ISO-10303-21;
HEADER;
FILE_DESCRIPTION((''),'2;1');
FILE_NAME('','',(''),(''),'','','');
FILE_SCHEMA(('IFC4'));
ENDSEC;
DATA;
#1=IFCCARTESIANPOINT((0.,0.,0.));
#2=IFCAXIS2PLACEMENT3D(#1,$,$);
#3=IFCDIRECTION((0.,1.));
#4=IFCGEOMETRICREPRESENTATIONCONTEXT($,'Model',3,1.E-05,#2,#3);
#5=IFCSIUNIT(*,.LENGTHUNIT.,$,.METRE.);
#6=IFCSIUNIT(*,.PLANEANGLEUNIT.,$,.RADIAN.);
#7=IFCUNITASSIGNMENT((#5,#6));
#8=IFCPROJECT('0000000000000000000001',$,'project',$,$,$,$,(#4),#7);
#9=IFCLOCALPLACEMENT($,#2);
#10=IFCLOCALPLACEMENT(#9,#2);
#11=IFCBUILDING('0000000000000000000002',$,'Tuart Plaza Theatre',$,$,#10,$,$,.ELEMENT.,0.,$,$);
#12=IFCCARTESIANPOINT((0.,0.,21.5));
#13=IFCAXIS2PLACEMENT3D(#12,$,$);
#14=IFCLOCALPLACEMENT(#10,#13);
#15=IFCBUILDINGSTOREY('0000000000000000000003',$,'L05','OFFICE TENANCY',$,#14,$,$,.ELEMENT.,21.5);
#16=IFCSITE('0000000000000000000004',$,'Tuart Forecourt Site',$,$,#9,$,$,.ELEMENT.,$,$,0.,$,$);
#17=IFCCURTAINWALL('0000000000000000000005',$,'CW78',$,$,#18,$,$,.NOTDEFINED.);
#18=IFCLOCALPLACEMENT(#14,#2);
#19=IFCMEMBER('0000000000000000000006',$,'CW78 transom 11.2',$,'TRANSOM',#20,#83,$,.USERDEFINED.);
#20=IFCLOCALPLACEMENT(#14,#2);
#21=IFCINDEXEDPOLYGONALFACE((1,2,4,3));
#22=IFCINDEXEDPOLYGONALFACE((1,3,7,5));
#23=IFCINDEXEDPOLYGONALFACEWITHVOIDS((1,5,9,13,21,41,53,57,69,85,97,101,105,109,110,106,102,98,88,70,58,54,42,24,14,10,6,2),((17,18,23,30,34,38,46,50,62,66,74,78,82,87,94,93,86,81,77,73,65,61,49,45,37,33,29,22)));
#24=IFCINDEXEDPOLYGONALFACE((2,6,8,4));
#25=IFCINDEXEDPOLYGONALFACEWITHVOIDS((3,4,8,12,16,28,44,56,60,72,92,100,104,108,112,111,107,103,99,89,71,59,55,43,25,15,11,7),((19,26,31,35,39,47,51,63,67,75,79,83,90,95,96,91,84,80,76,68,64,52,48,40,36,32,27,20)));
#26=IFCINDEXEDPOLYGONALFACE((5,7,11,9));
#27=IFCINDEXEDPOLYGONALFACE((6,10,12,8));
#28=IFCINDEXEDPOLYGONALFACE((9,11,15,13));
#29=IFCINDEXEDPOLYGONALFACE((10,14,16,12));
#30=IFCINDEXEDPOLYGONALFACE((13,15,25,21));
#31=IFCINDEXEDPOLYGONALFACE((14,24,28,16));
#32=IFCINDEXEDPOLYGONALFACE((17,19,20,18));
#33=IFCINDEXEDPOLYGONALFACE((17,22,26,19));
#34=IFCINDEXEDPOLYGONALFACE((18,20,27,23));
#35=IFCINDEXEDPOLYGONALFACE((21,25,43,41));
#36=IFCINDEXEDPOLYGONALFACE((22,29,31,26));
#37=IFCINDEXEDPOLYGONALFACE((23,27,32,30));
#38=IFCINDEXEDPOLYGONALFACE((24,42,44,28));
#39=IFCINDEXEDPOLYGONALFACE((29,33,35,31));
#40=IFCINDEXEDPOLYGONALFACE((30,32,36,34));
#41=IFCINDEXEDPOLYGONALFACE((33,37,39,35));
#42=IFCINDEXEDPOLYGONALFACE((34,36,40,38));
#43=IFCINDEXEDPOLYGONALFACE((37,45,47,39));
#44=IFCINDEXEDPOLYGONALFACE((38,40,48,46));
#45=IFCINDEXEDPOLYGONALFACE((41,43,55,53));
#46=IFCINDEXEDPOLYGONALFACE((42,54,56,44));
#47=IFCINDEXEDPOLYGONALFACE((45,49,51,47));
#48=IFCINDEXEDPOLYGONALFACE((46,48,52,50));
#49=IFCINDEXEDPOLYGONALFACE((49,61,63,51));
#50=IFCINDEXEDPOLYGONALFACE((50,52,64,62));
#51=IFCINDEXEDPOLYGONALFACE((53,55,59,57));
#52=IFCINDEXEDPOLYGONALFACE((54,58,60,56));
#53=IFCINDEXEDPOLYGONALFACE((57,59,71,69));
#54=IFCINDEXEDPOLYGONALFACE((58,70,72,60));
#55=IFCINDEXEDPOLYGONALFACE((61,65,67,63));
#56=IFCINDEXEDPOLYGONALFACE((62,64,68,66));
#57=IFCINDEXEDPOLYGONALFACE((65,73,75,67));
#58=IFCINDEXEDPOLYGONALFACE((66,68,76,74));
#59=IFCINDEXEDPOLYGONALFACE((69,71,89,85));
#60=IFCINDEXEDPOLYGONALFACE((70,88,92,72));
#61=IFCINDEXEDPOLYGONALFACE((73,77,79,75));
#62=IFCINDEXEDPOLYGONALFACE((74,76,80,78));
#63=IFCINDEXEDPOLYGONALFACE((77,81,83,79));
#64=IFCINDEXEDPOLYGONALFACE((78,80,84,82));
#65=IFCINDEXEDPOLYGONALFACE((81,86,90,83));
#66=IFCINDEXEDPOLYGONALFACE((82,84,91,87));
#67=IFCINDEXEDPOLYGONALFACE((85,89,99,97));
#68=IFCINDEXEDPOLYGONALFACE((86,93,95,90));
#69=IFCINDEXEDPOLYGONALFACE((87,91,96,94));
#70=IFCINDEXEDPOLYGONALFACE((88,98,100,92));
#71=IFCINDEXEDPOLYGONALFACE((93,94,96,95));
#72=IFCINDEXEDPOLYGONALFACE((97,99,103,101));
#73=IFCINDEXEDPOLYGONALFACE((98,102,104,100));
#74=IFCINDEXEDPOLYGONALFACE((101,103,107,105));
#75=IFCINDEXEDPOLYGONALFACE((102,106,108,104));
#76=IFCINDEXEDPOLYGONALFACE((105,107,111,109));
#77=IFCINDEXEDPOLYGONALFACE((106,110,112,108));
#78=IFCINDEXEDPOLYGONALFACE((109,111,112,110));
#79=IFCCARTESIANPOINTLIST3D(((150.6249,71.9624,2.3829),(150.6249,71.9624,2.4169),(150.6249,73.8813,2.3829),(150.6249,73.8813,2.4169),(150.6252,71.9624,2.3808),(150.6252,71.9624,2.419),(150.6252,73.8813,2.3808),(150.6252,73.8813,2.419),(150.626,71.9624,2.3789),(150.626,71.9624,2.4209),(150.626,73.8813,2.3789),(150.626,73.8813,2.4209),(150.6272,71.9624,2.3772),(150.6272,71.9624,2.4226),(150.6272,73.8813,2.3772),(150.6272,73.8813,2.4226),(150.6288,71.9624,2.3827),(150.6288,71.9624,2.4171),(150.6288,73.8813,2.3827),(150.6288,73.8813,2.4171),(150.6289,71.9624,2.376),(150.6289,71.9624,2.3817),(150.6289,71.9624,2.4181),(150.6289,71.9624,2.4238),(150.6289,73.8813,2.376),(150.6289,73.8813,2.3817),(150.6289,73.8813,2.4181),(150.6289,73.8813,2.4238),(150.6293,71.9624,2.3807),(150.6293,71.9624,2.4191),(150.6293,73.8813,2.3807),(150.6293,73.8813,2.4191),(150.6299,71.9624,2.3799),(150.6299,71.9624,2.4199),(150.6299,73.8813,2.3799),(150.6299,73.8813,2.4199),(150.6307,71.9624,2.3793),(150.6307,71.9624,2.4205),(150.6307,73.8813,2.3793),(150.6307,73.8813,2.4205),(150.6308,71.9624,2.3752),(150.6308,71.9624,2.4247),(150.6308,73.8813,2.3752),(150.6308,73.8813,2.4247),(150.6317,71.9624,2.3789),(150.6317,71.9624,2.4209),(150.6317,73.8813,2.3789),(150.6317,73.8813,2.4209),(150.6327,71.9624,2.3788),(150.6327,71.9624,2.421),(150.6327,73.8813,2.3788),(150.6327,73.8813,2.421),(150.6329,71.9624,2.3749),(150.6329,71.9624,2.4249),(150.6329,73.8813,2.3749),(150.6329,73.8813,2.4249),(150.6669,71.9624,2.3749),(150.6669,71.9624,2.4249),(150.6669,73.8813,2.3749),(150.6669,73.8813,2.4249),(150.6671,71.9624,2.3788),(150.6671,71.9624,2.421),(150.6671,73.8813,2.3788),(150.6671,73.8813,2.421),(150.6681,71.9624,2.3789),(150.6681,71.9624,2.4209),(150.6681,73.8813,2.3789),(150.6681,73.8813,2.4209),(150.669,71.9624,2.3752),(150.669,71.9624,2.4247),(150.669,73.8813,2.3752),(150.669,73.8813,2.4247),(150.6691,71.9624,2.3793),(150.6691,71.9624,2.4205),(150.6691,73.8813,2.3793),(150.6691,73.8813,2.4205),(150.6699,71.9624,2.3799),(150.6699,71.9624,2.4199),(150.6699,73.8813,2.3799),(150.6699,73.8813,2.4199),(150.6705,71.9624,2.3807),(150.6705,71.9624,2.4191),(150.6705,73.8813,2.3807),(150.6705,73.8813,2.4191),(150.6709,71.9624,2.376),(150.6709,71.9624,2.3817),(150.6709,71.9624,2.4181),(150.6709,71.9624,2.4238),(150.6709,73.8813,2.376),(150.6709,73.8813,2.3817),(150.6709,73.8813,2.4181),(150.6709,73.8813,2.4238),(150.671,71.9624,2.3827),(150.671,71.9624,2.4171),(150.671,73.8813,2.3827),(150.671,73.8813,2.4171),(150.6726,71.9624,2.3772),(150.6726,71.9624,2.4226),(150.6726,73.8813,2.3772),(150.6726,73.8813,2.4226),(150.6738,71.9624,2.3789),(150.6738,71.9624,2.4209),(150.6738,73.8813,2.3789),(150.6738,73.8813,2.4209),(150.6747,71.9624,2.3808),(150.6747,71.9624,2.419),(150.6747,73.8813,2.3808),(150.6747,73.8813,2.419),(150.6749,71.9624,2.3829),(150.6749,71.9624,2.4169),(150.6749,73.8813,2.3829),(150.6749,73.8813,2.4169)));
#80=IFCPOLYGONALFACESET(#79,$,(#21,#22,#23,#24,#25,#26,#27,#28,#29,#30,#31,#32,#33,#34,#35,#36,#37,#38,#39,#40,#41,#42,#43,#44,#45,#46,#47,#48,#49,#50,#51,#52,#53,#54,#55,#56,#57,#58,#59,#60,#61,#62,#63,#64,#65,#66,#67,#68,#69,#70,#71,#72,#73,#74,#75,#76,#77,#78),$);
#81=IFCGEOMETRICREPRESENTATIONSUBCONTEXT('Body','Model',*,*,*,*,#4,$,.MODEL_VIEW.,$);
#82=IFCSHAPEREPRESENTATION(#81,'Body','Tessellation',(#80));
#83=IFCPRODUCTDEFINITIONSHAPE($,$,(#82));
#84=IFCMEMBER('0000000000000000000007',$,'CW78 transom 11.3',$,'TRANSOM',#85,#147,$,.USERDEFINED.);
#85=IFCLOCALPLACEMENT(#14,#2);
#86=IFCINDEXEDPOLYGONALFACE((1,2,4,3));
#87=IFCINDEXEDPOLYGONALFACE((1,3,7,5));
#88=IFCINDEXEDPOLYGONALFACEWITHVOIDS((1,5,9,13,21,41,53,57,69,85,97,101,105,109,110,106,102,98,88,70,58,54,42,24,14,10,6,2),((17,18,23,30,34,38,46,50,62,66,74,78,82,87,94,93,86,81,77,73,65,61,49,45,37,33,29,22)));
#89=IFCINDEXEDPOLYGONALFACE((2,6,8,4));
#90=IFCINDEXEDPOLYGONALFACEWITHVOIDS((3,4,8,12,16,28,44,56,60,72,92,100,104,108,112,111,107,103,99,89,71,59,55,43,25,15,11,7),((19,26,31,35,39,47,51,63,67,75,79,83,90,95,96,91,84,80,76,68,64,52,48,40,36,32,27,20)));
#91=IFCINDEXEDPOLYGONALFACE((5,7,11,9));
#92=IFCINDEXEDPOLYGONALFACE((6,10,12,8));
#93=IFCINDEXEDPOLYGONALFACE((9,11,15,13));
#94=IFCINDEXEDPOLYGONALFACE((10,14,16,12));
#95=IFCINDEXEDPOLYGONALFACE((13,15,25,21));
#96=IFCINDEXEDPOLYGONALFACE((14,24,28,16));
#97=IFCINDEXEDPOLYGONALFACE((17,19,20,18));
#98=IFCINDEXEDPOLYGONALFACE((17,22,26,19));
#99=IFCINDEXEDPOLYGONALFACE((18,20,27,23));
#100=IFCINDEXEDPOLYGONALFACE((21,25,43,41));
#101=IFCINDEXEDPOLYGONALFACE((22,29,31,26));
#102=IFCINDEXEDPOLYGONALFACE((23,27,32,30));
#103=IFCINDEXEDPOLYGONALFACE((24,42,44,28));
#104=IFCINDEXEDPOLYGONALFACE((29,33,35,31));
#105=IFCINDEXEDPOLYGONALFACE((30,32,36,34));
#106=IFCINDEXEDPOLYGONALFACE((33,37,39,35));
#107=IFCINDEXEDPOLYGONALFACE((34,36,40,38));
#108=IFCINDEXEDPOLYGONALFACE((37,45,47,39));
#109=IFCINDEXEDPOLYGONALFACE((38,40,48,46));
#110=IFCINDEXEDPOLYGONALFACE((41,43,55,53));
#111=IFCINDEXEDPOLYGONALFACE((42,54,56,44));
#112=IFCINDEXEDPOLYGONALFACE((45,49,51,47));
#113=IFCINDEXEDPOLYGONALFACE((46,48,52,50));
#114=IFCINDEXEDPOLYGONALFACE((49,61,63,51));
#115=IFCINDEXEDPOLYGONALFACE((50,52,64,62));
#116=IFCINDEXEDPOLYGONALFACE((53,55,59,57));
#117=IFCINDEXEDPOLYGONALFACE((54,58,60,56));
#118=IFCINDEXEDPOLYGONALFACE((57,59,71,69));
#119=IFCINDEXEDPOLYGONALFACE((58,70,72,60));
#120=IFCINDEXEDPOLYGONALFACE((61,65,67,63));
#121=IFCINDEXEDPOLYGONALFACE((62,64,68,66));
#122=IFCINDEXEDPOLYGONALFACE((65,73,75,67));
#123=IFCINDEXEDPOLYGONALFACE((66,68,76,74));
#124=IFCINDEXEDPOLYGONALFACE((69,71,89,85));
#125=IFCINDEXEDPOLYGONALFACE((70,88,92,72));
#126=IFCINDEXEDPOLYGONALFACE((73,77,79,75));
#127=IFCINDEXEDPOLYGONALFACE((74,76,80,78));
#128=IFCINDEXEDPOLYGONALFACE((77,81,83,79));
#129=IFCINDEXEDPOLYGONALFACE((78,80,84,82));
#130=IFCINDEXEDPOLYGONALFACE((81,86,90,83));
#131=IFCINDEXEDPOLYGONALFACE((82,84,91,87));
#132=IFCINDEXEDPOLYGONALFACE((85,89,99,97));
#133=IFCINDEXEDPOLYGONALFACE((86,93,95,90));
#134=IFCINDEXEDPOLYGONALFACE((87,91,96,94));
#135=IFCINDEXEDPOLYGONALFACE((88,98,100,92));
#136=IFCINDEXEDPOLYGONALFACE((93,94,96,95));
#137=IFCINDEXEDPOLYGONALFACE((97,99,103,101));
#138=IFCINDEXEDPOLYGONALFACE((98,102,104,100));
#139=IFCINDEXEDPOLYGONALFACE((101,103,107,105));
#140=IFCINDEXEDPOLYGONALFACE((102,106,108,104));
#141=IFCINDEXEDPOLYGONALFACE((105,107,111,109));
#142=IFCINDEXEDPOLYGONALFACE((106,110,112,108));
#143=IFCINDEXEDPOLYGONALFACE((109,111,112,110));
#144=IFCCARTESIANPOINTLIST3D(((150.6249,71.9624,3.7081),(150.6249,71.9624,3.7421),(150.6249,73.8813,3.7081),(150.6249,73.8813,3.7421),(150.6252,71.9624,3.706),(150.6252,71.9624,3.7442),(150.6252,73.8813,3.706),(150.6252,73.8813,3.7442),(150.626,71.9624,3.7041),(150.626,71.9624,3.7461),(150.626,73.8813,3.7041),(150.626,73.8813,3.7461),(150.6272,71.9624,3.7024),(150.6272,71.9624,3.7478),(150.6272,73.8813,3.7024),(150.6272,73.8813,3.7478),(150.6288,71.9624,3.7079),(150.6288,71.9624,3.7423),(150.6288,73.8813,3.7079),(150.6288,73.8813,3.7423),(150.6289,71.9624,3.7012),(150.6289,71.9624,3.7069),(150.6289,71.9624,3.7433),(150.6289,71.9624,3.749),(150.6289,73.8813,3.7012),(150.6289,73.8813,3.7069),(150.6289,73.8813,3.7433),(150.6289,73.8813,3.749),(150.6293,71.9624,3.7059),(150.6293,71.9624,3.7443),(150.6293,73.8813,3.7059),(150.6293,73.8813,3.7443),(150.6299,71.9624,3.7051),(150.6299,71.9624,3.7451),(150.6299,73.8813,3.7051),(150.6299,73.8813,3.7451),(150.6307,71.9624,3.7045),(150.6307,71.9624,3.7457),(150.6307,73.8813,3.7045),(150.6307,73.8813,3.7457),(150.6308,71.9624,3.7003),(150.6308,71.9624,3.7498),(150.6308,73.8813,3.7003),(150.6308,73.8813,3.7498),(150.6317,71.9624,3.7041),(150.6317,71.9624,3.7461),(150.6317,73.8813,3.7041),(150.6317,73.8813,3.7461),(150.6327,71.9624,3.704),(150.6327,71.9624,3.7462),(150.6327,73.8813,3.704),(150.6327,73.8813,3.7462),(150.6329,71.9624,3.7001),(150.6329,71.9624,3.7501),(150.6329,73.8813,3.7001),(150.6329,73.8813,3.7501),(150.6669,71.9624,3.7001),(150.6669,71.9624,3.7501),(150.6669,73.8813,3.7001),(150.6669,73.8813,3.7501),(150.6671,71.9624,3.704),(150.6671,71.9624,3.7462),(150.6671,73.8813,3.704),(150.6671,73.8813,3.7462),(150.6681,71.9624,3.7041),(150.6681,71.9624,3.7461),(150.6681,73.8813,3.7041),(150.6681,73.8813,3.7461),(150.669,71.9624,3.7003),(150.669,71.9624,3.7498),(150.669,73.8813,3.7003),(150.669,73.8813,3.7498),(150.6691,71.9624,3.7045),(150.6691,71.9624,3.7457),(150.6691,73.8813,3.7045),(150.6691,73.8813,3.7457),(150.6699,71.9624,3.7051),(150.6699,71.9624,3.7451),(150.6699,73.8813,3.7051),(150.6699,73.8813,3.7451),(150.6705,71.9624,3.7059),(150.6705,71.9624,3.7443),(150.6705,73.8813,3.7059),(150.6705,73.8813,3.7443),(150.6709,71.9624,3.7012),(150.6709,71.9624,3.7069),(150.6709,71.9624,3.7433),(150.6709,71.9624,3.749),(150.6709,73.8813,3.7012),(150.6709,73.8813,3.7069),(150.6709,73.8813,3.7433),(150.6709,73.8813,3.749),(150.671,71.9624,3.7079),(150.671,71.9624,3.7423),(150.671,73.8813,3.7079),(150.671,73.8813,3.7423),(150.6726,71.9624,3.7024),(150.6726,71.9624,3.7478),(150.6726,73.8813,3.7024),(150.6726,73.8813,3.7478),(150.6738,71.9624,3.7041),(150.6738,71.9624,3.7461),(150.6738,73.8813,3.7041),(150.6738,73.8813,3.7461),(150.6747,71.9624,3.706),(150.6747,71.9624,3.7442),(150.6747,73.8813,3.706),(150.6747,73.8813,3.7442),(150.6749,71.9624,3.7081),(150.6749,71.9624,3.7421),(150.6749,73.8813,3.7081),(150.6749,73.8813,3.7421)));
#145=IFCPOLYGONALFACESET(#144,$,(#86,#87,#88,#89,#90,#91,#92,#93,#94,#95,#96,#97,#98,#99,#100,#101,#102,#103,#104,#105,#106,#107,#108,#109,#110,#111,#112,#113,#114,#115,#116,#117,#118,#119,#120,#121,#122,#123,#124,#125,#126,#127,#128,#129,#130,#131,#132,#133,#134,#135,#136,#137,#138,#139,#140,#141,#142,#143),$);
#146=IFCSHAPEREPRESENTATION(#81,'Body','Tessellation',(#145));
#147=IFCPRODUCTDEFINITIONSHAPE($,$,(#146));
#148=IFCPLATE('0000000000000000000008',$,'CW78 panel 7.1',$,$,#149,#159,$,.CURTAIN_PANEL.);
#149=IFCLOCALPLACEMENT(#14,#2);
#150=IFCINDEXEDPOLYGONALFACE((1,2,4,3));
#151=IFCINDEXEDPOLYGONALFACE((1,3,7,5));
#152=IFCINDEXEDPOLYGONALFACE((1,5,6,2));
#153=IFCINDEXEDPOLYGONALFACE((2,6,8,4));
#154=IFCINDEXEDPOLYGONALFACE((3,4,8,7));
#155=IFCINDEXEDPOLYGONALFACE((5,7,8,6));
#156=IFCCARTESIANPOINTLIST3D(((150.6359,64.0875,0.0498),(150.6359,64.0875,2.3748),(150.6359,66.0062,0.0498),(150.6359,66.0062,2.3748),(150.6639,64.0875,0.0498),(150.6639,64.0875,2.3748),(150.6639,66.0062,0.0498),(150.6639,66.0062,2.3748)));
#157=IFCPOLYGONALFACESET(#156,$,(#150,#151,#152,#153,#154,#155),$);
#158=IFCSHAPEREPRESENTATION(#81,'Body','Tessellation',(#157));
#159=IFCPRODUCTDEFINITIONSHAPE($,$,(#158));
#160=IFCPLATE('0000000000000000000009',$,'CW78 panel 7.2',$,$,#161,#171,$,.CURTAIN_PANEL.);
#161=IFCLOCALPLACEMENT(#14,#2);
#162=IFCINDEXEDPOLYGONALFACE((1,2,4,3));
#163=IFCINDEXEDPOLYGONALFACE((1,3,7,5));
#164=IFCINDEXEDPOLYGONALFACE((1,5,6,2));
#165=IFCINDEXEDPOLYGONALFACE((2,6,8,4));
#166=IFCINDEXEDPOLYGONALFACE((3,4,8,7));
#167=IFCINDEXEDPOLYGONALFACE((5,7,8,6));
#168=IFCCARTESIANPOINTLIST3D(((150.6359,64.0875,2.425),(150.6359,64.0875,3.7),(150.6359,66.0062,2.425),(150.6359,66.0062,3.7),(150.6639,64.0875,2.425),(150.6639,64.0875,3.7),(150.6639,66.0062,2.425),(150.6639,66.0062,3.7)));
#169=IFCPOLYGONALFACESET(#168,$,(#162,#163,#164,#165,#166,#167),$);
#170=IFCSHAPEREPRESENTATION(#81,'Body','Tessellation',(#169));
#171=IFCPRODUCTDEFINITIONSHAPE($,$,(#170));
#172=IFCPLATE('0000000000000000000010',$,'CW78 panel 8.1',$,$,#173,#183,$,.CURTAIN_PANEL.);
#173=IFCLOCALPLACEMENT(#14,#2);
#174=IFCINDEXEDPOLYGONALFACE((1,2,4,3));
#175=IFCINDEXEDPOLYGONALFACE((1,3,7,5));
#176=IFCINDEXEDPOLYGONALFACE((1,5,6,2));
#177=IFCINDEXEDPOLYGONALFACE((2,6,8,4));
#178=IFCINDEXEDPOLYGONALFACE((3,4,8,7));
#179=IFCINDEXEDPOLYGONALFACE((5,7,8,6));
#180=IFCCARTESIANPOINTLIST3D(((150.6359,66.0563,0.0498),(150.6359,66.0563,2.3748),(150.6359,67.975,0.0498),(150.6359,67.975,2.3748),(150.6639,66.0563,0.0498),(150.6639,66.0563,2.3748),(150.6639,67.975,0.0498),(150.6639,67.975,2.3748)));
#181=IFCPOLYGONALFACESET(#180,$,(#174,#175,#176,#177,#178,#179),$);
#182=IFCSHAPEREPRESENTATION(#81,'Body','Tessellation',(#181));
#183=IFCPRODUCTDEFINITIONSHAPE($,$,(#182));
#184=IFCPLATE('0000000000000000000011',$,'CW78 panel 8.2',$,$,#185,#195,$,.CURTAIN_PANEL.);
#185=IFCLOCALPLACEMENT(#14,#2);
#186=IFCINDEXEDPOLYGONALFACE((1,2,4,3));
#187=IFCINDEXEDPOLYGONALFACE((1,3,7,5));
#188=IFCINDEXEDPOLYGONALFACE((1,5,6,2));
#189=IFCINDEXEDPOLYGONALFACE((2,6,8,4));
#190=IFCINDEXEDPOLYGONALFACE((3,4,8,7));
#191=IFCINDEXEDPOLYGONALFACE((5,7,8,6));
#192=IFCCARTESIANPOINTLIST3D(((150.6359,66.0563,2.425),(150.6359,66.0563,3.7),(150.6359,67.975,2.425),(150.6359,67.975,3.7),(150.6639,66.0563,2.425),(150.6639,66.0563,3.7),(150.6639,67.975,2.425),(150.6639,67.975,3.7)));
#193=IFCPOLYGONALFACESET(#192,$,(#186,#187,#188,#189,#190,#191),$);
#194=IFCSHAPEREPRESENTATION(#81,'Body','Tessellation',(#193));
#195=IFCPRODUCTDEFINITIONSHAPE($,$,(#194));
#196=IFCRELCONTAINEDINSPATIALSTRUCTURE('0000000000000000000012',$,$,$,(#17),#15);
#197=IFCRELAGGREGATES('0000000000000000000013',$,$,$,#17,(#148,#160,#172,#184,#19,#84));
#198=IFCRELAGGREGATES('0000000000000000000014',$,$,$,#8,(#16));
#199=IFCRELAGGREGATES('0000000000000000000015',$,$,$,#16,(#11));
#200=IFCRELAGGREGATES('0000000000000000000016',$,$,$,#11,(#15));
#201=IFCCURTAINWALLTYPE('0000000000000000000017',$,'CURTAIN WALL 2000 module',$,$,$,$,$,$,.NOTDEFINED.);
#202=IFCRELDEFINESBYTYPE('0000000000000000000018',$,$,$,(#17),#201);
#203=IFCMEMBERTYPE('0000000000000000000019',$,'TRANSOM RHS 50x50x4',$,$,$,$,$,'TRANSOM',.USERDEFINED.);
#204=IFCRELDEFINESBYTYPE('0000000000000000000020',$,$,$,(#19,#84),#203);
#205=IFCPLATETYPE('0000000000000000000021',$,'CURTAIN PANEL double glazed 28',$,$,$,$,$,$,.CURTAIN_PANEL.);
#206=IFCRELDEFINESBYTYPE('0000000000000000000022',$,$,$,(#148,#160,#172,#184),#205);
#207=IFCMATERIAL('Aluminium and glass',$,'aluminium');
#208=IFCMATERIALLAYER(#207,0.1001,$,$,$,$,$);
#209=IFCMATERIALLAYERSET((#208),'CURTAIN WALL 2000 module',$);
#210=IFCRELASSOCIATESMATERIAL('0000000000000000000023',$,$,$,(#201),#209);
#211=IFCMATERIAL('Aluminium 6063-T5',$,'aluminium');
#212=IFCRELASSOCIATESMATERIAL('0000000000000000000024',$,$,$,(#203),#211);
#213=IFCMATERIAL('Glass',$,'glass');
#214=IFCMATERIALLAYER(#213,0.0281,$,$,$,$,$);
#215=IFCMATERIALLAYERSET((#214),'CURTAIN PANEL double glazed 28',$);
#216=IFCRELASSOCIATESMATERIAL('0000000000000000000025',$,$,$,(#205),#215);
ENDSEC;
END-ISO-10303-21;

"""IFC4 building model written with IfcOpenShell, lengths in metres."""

from ifc_helpers import new_model, si_unit, direction, frame, origin, origin_2d, place, context, subcontext, project, spatial, rectangle, hollow_rectangle, extrude, material, layer, layer_set, material_profile, profile_set, type_object, element, aggregate, save


model = new_model("IFC4")

# Units and contexts
model_context = context("Model", 3, precision=1e-05, world=origin(), true_north=direction((0.0, 1.0)))
body_context = subcontext(model_context, "Body", "Model", "MODEL_VIEW")
ifc_project = project(units=[si_unit("LENGTHUNIT", "METRE"), si_unit("PLANEANGLEUNIT", "RADIAN")], contexts=[model_context])

# Site, building, storey
site_placement = place(None, origin())
site = spatial("IfcSite", under=ifc_project, at=site_placement, Name="Tuart Forecourt Site", CompositionType="ELEMENT", RefElevation=0.0)
building_placement = place(site_placement, origin())
building = spatial("IfcBuilding", under=site, at=building_placement, Name="Tuart Plaza Theatre", CompositionType="ELEMENT", ElevationOfRefHeight=0.0)
storey_placement = place(building_placement, frame((0.0, 0.0, 21.5)))
storey = spatial("IfcBuildingStorey", under=building, at=storey_placement, Name="L05", Description="OFFICE TENANCY", CompositionType="ELEMENT", Elevation=21.5)

# Curtain wall, members, plates
ifc_material_1 = material(Name="Aluminium and glass", Category="aluminium")
ifc_layer_1 = layer(ifc_material_1, 0.1001)
ifc_layer_set_1 = layer_set([ifc_layer_1], Name="CURTAIN WALL 2000 module")
curtain_wall_type = type_object("IfcCurtainWallType", Name="CURTAIN WALL 2000 module", PredefinedType="NOTDEFINED", material=ifc_layer_set_1)
curtain_wall_placement = place(storey_placement, origin())
curtain_wall = element("IfcCurtainWall", 1, at=curtain_wall_placement, inside=storey, type_object=curtain_wall_type, Name="CW78", PredefinedType="NOTDEFINED")
ifc_material_2 = material(Name="Aluminium 6063-T5", Category="aluminium")
ifc_material_profile_1 = material_profile(ifc_material_2, hollow_rectangle(XDim=0.05, YDim=0.05, WallThickness=0.0039, InnerFilletRadius=0.0039, OuterFilletRadius=0.0081, at=origin_2d()), Name="RHS 50x50x4")
ifc_profile_set_1 = profile_set([ifc_material_profile_1], Name="Aluminium 6063-T5")
member_type_1 = type_object("IfcMemberType", Name="TRANSOM RHS 50x50x4", ElementType="TRANSOM", PredefinedType="USERDEFINED", material=ifc_profile_set_1)
member_1_placement = place(storey_placement, frame((150.6499, 71.9624, 2.3999), z_axis=(0.0, 1.0, 0.0), x_axis=(-1.0, 0.0, 0.0)))
member_1 = element("IfcMember", 2, at=member_1_placement, type_object=member_type_1, Name="CW78 transom 11.2", ObjectType="TRANSOM", PredefinedType="USERDEFINED", context=body_context, shape_type="SweptSolid", body=[
    extrude(hollow_rectangle(XDim=0.05, YDim=0.05, WallThickness=0.0039, InnerFilletRadius=0.0039, OuterFilletRadius=0.0081, at=origin_2d()), origin(), (0.0, 0.0, 1.0), 1.9189),
])
member_2_placement = place(storey_placement, frame((150.6499, 71.9624, 3.7251), z_axis=(0.0, 1.0, 0.0), x_axis=(-1.0, 0.0, 0.0)))
member_2 = element("IfcMember", 3, at=member_2_placement, type_object=member_type_1, Name="CW78 transom 11.3", ObjectType="TRANSOM", PredefinedType="USERDEFINED", context=body_context, shape_type="SweptSolid", body=[
    extrude(hollow_rectangle(XDim=0.05, YDim=0.05, WallThickness=0.0039, InnerFilletRadius=0.0039, OuterFilletRadius=0.0081, at=origin_2d()), origin(), (0.0, 0.0, 1.0), 1.9189),
])
ifc_material_3 = material(Name="Glass", Category="glass")
ifc_layer_2 = layer(ifc_material_3, 0.0281)
ifc_layer_set_2 = layer_set([ifc_layer_2], Name="CURTAIN PANEL double glazed 28")
plate_type = type_object("IfcPlateType", Name="CURTAIN PANEL double glazed 28", PredefinedType="CURTAIN_PANEL", material=ifc_layer_set_2)
plate_1_placement = place(storey_placement, frame((150.6499, 65.0469, 0.0498), z_axis=(0.0, 0.0, 1.0), x_axis=(0.0, 1.0, 0.0)))
plate_1 = element("IfcPlate", 4, at=plate_1_placement, type_object=plate_type, Name="CW78 panel 7.1", PredefinedType="CURTAIN_PANEL", context=body_context, shape_type="SweptSolid", body=[
    extrude(rectangle(XDim=1.9187, YDim=0.0281, at=origin_2d()), origin(), (0.0, 0.0, 1.0), 2.325),
])
plate_2_placement = place(storey_placement, frame((150.6499, 65.0469, 2.425), z_axis=(0.0, 0.0, 1.0), x_axis=(0.0, 1.0, 0.0)))
plate_2 = element("IfcPlate", 5, at=plate_2_placement, type_object=plate_type, Name="CW78 panel 7.2", PredefinedType="CURTAIN_PANEL", context=body_context, shape_type="SweptSolid", body=[
    extrude(rectangle(XDim=1.9187, YDim=0.0281, at=origin_2d()), origin(), (0.0, 0.0, 1.0), 1.2749),
])
plate_3_placement = place(storey_placement, frame((150.6499, 67.0156, 0.0498), z_axis=(0.0, 0.0, 1.0), x_axis=(0.0, 1.0, 0.0)))
plate_3 = element("IfcPlate", 6, at=plate_3_placement, type_object=plate_type, Name="CW78 panel 8.1", PredefinedType="CURTAIN_PANEL", context=body_context, shape_type="SweptSolid", body=[
    extrude(rectangle(XDim=1.9187, YDim=0.0281, at=origin_2d()), origin(), (0.0, 0.0, 1.0), 2.325),
])
plate_4_placement = place(storey_placement, frame((150.6499, 67.0156, 2.425), z_axis=(0.0, 0.0, 1.0), x_axis=(0.0, 1.0, 0.0)))
plate_4 = element("IfcPlate", 7, at=plate_4_placement, type_object=plate_type, Name="CW78 panel 8.2", PredefinedType="CURTAIN_PANEL", context=body_context, shape_type="SweptSolid", body=[
    extrude(rectangle(XDim=1.9187, YDim=0.0281, at=origin_2d()), origin(), (0.0, 0.0, 1.0), 1.2749),
])
aggregate(curtain_wall, [plate_1, plate_2, plate_3, plate_4, member_1, member_2])

save(model, "model.ifc")
